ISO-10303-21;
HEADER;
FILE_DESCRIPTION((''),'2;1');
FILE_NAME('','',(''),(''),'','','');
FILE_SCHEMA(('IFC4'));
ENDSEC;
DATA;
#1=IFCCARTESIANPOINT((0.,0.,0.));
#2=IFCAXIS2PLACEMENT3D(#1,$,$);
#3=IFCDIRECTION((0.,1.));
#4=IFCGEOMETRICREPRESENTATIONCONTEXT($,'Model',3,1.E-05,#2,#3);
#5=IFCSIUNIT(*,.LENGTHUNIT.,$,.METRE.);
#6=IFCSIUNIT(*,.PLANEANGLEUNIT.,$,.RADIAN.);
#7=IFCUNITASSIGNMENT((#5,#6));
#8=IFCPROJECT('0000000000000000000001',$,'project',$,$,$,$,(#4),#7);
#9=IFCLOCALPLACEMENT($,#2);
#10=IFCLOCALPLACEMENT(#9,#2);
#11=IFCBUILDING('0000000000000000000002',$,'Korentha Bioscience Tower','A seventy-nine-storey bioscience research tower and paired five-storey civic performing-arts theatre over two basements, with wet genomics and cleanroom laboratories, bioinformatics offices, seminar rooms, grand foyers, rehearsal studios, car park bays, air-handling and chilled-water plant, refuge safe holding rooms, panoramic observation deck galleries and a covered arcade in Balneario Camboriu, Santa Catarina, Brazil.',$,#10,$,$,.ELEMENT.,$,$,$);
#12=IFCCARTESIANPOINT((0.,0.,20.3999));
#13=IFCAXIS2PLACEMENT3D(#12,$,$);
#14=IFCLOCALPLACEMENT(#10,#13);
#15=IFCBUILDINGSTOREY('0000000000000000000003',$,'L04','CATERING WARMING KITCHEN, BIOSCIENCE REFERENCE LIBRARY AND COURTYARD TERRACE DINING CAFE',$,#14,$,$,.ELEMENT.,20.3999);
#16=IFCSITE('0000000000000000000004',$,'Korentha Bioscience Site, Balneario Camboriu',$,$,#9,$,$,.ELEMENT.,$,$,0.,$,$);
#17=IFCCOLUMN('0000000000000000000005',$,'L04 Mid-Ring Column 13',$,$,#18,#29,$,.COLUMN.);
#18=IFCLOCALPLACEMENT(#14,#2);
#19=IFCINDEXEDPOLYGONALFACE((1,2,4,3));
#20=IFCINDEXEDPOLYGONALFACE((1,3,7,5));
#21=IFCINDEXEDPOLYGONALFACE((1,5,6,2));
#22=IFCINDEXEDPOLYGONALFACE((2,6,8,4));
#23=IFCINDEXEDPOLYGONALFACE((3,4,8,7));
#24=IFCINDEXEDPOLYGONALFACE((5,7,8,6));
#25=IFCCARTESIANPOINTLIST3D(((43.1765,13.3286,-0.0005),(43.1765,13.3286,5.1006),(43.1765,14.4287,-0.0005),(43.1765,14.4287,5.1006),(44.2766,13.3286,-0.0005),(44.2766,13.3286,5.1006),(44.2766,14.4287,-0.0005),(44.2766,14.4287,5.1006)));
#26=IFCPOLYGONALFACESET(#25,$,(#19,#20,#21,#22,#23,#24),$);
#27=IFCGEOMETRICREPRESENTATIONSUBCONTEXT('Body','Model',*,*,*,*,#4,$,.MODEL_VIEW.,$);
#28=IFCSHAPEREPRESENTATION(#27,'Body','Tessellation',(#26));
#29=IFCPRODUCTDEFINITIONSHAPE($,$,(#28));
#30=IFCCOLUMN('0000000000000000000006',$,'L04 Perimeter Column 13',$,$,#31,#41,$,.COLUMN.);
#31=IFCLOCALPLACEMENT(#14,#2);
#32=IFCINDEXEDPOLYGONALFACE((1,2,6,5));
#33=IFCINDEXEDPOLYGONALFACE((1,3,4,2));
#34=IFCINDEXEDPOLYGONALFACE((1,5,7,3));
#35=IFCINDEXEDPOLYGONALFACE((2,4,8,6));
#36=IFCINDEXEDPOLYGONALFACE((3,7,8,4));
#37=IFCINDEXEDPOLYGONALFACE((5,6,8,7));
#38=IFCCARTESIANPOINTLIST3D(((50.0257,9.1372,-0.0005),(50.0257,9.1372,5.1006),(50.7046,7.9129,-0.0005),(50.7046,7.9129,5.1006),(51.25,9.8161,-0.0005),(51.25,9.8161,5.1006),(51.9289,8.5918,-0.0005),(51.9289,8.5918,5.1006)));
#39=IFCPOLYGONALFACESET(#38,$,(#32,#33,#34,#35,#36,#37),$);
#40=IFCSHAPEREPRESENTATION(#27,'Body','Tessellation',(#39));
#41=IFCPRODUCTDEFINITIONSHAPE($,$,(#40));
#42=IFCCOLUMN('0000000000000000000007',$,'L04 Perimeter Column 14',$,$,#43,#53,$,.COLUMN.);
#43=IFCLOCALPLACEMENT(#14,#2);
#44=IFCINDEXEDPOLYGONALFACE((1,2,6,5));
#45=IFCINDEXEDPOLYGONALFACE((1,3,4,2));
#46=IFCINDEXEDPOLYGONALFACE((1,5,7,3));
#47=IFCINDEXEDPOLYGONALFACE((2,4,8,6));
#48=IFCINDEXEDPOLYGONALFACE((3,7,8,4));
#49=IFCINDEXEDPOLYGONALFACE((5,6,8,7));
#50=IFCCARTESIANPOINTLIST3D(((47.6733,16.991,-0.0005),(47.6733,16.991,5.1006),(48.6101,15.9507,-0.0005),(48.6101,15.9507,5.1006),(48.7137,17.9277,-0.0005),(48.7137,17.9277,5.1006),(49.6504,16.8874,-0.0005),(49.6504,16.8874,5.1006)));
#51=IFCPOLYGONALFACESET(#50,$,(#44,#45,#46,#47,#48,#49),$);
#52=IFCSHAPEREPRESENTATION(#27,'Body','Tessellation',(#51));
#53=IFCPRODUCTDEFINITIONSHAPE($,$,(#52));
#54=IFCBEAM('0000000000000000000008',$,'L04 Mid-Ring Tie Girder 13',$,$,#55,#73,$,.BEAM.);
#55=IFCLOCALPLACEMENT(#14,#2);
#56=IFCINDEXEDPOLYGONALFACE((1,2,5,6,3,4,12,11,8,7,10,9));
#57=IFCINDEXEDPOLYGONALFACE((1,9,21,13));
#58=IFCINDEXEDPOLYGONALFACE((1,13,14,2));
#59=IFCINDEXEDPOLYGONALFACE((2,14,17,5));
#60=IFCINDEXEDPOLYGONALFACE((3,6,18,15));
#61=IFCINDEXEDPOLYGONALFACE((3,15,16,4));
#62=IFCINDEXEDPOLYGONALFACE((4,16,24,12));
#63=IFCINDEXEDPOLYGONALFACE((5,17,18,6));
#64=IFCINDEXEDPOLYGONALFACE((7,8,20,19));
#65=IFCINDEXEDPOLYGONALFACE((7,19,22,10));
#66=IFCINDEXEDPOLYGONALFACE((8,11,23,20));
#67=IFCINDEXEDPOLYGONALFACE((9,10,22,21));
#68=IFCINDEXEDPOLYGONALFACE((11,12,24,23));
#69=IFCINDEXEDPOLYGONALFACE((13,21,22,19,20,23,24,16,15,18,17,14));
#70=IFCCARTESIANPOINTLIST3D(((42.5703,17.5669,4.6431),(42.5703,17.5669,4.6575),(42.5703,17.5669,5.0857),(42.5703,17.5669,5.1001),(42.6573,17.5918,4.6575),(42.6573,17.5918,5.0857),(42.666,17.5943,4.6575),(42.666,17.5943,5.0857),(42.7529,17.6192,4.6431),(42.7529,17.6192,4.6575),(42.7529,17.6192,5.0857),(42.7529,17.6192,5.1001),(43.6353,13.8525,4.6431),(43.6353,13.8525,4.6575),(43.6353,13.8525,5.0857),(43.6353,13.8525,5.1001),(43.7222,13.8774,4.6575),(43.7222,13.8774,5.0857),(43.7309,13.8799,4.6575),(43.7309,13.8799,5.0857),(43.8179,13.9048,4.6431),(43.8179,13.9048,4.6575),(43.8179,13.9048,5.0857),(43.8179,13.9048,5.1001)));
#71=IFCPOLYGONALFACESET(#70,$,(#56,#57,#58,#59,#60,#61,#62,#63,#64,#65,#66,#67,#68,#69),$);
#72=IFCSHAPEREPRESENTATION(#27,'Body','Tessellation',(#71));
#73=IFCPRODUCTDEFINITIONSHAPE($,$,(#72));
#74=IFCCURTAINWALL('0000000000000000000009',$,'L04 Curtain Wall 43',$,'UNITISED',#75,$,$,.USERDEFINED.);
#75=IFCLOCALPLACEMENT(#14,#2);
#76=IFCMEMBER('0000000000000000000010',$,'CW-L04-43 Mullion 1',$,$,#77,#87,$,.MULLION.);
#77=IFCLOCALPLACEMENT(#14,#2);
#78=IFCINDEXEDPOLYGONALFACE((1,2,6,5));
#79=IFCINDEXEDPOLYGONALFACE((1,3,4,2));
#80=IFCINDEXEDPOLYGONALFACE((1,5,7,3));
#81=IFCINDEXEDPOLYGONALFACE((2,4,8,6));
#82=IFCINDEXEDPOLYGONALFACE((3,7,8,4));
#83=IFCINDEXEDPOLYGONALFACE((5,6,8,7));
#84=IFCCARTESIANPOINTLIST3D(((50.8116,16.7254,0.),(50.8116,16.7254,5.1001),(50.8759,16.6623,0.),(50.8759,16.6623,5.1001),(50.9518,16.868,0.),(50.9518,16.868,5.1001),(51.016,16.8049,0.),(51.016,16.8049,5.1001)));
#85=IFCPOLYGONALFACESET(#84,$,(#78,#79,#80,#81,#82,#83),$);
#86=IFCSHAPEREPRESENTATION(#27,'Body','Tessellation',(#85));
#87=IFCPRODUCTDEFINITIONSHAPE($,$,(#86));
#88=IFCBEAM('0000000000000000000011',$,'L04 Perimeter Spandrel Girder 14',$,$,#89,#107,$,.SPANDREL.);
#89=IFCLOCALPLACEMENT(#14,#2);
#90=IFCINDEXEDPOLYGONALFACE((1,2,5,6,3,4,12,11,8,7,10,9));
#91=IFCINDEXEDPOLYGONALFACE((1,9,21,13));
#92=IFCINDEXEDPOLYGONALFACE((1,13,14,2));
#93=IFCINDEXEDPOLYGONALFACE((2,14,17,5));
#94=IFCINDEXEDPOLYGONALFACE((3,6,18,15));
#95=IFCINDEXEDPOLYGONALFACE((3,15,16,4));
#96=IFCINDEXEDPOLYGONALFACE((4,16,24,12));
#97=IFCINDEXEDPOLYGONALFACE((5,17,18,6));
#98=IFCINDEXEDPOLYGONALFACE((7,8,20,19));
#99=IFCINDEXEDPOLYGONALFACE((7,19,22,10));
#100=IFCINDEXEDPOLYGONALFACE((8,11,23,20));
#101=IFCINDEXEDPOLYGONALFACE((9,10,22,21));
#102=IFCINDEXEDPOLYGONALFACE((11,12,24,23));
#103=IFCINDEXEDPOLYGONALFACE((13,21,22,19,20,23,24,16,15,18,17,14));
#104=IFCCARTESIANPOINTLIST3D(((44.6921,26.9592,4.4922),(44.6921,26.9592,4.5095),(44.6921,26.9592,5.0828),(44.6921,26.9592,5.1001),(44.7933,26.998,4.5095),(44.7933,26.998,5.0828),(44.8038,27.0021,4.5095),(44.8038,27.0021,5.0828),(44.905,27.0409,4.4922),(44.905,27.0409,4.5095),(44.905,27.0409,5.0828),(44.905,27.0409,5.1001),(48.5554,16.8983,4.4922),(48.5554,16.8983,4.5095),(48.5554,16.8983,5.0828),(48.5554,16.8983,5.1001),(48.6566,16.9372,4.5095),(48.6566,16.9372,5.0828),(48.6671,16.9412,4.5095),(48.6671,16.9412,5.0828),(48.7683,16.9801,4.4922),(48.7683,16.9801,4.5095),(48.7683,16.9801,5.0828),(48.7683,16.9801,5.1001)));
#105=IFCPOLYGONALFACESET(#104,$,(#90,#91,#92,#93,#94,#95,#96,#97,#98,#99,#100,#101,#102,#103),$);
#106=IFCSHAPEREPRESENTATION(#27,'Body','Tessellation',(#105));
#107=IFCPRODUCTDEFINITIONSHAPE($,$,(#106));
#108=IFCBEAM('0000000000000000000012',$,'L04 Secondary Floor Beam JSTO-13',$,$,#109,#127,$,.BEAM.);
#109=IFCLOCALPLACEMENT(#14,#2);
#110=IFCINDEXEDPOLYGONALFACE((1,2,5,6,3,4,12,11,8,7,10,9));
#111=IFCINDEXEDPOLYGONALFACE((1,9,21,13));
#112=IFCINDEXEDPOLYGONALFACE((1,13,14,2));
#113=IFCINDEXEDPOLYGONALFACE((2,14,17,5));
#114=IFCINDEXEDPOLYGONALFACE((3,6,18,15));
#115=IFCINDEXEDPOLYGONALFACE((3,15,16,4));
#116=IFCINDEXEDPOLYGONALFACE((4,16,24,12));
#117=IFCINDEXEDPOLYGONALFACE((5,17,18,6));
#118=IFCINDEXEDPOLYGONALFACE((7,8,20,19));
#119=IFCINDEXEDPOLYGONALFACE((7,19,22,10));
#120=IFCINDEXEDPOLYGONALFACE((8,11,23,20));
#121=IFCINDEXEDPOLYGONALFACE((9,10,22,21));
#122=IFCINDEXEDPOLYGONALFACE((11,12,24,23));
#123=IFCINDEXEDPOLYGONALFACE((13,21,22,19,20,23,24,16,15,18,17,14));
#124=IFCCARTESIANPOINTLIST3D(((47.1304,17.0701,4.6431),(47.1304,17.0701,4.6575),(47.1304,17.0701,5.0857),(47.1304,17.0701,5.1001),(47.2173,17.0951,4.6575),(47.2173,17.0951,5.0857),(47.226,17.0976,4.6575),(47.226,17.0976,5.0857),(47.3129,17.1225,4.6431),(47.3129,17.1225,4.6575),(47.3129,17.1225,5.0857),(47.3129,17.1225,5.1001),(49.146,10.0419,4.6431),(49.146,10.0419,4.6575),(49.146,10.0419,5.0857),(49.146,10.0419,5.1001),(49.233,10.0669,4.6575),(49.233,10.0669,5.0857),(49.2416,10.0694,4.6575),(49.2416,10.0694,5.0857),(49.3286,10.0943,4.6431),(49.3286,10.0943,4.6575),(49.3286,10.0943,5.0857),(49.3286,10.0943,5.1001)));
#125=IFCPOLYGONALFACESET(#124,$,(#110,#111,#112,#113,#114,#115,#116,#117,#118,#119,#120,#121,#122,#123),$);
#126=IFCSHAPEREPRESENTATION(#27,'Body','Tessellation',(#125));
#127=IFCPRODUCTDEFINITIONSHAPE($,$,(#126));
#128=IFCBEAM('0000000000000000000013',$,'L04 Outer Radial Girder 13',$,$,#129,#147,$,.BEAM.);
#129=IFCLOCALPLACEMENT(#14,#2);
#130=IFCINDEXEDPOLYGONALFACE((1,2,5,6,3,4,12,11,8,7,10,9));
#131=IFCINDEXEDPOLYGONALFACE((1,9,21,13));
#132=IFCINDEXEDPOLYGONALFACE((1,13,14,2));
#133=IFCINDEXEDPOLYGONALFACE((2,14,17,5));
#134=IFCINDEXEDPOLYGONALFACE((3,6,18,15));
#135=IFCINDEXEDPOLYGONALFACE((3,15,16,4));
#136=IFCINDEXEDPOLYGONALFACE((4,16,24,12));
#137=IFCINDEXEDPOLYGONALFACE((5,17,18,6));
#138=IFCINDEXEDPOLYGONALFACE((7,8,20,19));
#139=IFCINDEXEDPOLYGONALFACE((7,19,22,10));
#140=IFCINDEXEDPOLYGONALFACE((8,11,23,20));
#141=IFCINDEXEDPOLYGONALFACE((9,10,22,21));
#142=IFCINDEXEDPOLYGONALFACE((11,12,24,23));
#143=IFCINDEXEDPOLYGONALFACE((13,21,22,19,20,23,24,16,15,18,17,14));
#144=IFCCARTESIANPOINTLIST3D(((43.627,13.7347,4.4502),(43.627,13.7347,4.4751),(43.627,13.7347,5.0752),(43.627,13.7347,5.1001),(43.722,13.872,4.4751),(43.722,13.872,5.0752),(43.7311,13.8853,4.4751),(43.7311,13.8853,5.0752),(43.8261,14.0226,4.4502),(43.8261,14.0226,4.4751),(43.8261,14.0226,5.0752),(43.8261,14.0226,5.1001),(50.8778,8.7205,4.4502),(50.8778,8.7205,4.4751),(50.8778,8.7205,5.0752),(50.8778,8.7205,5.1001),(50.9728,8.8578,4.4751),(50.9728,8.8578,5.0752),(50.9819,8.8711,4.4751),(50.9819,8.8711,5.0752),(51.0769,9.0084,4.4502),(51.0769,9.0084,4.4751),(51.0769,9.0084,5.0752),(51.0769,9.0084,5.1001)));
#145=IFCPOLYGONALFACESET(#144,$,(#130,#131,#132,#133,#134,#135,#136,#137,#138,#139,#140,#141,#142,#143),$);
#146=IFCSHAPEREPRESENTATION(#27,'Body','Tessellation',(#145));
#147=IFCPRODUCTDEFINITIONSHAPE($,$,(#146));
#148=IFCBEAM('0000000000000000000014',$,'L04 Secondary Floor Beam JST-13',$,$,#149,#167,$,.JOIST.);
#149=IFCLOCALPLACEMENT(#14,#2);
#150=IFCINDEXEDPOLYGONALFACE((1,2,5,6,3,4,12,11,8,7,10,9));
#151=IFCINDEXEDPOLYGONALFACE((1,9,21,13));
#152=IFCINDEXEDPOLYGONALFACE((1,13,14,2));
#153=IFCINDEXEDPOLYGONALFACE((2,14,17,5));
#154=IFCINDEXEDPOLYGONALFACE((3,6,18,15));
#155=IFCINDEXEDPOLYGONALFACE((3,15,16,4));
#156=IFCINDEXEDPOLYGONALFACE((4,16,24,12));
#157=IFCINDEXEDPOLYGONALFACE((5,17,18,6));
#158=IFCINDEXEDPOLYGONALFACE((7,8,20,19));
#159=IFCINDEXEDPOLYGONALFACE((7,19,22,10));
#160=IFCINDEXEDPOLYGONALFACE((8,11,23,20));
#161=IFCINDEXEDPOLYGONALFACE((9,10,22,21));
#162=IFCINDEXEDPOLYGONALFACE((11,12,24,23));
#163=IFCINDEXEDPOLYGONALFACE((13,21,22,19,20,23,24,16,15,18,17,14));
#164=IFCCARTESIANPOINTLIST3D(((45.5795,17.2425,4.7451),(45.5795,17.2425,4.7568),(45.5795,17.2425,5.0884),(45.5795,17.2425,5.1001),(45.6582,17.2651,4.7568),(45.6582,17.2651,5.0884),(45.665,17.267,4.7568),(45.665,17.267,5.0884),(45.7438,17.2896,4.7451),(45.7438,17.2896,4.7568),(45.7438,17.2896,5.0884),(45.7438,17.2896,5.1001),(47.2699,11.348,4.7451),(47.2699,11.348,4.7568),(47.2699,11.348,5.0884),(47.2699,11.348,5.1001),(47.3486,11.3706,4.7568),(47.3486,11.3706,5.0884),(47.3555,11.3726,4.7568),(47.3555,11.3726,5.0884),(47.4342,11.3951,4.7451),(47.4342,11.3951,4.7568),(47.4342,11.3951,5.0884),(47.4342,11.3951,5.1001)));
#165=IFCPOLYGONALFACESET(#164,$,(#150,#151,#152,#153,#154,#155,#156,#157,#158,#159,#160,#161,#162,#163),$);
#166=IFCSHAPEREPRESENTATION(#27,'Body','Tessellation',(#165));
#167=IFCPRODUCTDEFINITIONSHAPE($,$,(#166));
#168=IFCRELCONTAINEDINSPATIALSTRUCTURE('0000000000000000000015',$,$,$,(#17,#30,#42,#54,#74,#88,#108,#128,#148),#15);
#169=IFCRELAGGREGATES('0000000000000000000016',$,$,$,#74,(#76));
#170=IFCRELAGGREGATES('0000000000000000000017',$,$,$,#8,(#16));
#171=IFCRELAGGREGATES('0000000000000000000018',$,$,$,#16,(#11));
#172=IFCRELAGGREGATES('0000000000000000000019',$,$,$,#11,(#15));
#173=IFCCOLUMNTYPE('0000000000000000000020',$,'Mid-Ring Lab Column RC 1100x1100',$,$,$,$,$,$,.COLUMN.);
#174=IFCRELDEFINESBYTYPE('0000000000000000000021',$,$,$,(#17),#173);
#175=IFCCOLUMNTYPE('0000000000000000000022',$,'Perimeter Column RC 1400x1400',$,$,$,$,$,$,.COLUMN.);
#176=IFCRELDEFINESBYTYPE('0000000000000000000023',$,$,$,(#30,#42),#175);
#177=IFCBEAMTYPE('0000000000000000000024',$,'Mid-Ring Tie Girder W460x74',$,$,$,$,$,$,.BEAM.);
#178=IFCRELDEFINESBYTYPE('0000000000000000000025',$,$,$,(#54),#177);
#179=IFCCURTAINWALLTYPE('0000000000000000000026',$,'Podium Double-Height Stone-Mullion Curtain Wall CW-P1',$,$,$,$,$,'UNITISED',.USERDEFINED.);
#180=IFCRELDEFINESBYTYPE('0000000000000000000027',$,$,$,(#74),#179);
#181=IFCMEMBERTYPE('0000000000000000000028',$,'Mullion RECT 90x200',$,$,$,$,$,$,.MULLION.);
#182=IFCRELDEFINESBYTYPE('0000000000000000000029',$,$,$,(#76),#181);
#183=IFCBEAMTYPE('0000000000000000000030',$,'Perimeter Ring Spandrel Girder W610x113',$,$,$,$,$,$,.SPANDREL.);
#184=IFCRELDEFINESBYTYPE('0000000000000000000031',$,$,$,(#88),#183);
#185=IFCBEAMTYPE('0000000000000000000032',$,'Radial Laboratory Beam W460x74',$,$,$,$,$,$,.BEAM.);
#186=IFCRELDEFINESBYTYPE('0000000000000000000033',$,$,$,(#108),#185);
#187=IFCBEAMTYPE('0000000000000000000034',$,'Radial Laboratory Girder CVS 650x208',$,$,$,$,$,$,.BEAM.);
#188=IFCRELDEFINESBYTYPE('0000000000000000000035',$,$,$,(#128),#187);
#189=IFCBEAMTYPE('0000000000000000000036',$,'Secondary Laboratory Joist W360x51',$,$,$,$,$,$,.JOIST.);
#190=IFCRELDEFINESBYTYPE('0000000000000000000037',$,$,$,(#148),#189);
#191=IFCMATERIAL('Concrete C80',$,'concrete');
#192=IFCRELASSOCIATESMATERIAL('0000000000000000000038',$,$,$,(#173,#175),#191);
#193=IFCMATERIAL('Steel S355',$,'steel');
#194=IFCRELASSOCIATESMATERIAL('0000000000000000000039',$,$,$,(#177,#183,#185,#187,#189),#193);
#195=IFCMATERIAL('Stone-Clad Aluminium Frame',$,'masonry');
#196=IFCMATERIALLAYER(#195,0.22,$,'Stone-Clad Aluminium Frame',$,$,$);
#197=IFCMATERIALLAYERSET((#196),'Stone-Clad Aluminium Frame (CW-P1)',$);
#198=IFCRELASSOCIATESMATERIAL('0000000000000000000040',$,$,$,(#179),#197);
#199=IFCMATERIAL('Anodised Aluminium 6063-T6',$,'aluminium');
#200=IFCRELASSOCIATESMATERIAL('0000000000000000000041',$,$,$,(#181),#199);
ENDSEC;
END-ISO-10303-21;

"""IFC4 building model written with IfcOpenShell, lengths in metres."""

from ifc_helpers import new_model, si_unit, direction, frame, origin, origin_2d, place, context, subcontext, project, spatial, rectangle, i_section, extrude, material, layer, layer_set, material_profile, profile_set, type_object, element, aggregate, save


model = new_model("IFC4")

# Units and contexts
model_context = context("Model", 3, precision=1e-05, world=origin(), true_north=direction((0.0, 1.0)))
body_context = subcontext(model_context, "Body", "Model", "MODEL_VIEW")
ifc_project = project(units=[si_unit("LENGTHUNIT", "METRE"), si_unit("PLANEANGLEUNIT", "RADIAN")], contexts=[model_context])

# Site, building, storey
site_placement = place(None, origin())
site = spatial("IfcSite", under=ifc_project, at=site_placement, Name="Korentha Bioscience Site, Balneario Camboriu", CompositionType="ELEMENT", RefElevation=0.0)
building_placement = place(site_placement, origin())
building = spatial("IfcBuilding", under=site, at=building_placement, Name="Korentha Bioscience Tower", Description="A seventy-nine-storey bioscience research tower and paired five-storey civic performing-arts theatre over two basements, with wet genomics and cleanroom laboratories, bioinformatics offices, seminar rooms, grand foyers, rehearsal studios, car park bays, air-handling and chilled-water plant, refuge safe holding rooms, panoramic observation deck galleries and a covered arcade in Balneario Camboriu, Santa Catarina, Brazil.", CompositionType="ELEMENT")
storey_placement = place(building_placement, frame((0.0, 0.0, 20.3999)))
storey = spatial("IfcBuildingStorey", under=building, at=storey_placement, Name="L04", Description="CATERING WARMING KITCHEN, BIOSCIENCE REFERENCE LIBRARY AND COURTYARD TERRACE DINING CAFE", CompositionType="ELEMENT", Elevation=20.3999)

# Columns
ifc_material_1 = material(Name="Concrete C80", Category="concrete")
ifc_material_profile_1 = material_profile(ifc_material_1, rectangle(XDim=1.1001, YDim=1.1001, at=origin_2d()), Name="Concrete C80")
ifc_profile_set_1 = profile_set([ifc_material_profile_1], Name="Concrete C80 (COL-MR11)")
column_type_1 = type_object("IfcColumnType", Name="Mid-Ring Lab Column RC 1100x1100", PredefinedType="COLUMN", material=ifc_profile_set_1)
column_placement = place(storey_placement, frame((43.7266, 13.8787, -0.0005), z_axis=(0.0, 0.0, 1.0), x_axis=(1.0, 0.0, 0.0)))
element("IfcColumn", 1, at=column_placement, inside=storey, type_object=column_type_1, Name="L04 Mid-Ring Column 13", PredefinedType="COLUMN", context=body_context, shape_type="SweptSolid", body=[
    extrude(rectangle(XDim=1.1001, YDim=1.1001, at=origin_2d()), origin(), (0.0, 0.0, 1.0), 5.1011),
])
ifc_material_profile_2 = material_profile(ifc_material_1, rectangle(XDim=1.3999, YDim=1.3999, at=origin_2d()), Name="Concrete C80")
ifc_profile_set_2 = profile_set([ifc_material_profile_2], Name="Concrete C80 (COL-P14)")
column_type_2 = type_object("IfcColumnType", Name="Perimeter Column RC 1400x1400", PredefinedType="COLUMN", material=ifc_profile_set_2)
for number, where, z_axis, x_axis, name in (
    (2, (50.9773, 8.8645, -0.0005), (0.0, 0.0, 1.0), (0.874535, 0.484962, 0.0), "L04 Perimeter Column 13"),
    (3, (48.6619, 16.9392, -0.0005), (0.0, 0.0, 1.0), (-0.669131, 0.743145, 0.0), "L04 Perimeter Column 14"),
):
    element("IfcColumn", number, at=place(storey_placement, frame(where, z_axis=z_axis, x_axis=x_axis)), inside=storey, type_object=column_type_2, Name=name, PredefinedType="COLUMN", context=body_context, shape_type="SweptSolid", body=[
        extrude(rectangle(XDim=1.3999, YDim=1.3999, at=origin_2d()), origin(), (0.0, 0.0, 1.0), 5.1011),
    ])

# Beam
ifc_material_2 = material(Name="Steel S355", Category="steel")
ifc_material_profile_3 = material_profile(ifc_material_2, i_section(OverallWidth=0.1899, OverallDepth=0.457, WebThickness=0.009, FlangeThickness=0.0144, at=origin_2d()), Name="Steel S355")
ifc_profile_set_3 = profile_set([ifc_material_profile_3], Name="Steel S355 (MB-460)")
beam_type_1 = type_object("IfcBeamType", Name="Mid-Ring Tie Girder W460x74", PredefinedType="BEAM", material=ifc_profile_set_3)
beam_1_placement = place(storey_placement, frame((43.7266, 13.8787, 4.8716), z_axis=(-0.275606, 0.961271, 0.0), x_axis=(-0.961271, -0.275606, 0.0)))
element("IfcBeam", 4, at=beam_1_placement, inside=storey, type_object=beam_type_1, Name="L04 Mid-Ring Tie Girder 13", PredefinedType="BEAM", context=body_context, shape_type="SweptSolid", body=[
    extrude(i_section(OverallWidth=0.1899, OverallDepth=0.457, WebThickness=0.009, FlangeThickness=0.0144, at=origin_2d()), origin(), (0.0, 0.0, 1.0), 3.864),
])

# Curtain wall, member
ifc_material_3 = material(Name="Stone-Clad Aluminium Frame", Category="masonry")
ifc_layer_1 = layer(ifc_material_3, 0.22, Name="Stone-Clad Aluminium Frame")
ifc_layer_set_1 = layer_set([ifc_layer_1], Name="Stone-Clad Aluminium Frame (CW-P1)")
curtain_wall_type = type_object("IfcCurtainWallType", Name="Podium Double-Height Stone-Mullion Curtain Wall CW-P1", ElementType="UNITISED", PredefinedType="USERDEFINED", material=ifc_layer_set_1)
curtain_wall_placement = place(storey_placement, origin())
curtain_wall = element("IfcCurtainWall", 5, at=curtain_wall_placement, inside=storey, type_object=curtain_wall_type, Name="L04 Curtain Wall 43", ObjectType="UNITISED", PredefinedType="USERDEFINED")
ifc_material_4 = material(Name="Anodised Aluminium 6063-T6", Category="aluminium")
ifc_material_profile_4 = material_profile(ifc_material_4, rectangle(XDim=0.0901, YDim=0.2, at=origin_2d()), Name="Anodised Aluminium 6063-T6")
ifc_profile_set_4 = profile_set([ifc_material_profile_4], Name="Anodised Aluminium 6063-T6 (CW-MUL)")
member_type_1 = type_object("IfcMemberType", Name="Mullion RECT 90x200", PredefinedType="MULLION", material=ifc_profile_set_4)
member_1_placement = place(storey_placement, frame((50.9138, 16.7651, 0.0), z_axis=(0.0, 0.0, 1.0), x_axis=(-0.713279, 0.70088, 0.0)))
member_1 = element("IfcMember", 6, at=member_1_placement, type_object=member_type_1, Name="CW-L04-43 Mullion 1", PredefinedType="MULLION", context=body_context, shape_type="SweptSolid", body=[
    extrude(rectangle(XDim=0.0901, YDim=0.2, at=origin_2d()), origin(), (0.0, 0.0, 1.0), 5.1001),
])

# Beams
ifc_material_profile_5 = material_profile(ifc_material_2, i_section(OverallWidth=0.228, OverallDepth=0.6079, WebThickness=0.0112, FlangeThickness=0.0173, at=origin_2d()), Name="Steel S355")
ifc_profile_set_5 = profile_set([ifc_material_profile_5], Name="Steel S355 (SB-610)")
beam_type_2 = type_object("IfcBeamType", Name="Perimeter Ring Spandrel Girder W610x113", PredefinedType="SPANDREL", material=ifc_profile_set_5)
beam_2_placement = place(storey_placement, frame((48.6619, 16.9392, 4.7961), z_axis=(-0.358474, 0.93354, 0.0), x_axis=(-0.93354, -0.358474, 0.0)))
element("IfcBeam", 7, at=beam_2_placement, inside=storey, type_object=beam_type_2, Name="L04 Perimeter Spandrel Girder 14", PredefinedType="SPANDREL", context=body_context, shape_type="SweptSolid", body=[
    extrude(i_section(OverallWidth=0.228, OverallDepth=0.6079, WebThickness=0.0112, FlangeThickness=0.0173, at=origin_2d()), origin(), (0.0, 0.0, 1.0), 10.7771),
])
ifc_material_profile_6 = material_profile(ifc_material_2, i_section(OverallWidth=0.1899, OverallDepth=0.457, WebThickness=0.009, FlangeThickness=0.0144, at=origin_2d()), Name="Steel S355")
ifc_profile_set_6 = profile_set([ifc_material_profile_6], Name="Steel S355 (RB-460)")
beam_type_3 = type_object("IfcBeamType", Name="Radial Laboratory Beam W460x74", PredefinedType="BEAM", material=ifc_profile_set_6)
beam_3_placement = place(storey_placement, frame((49.2373, 10.0681, 4.8716), z_axis=(-0.275682, 0.961249, 0.0), x_axis=(-0.961249, -0.275682, 0.0)))
element("IfcBeam", 8, at=beam_3_placement, inside=storey, type_object=beam_type_3, Name="L04 Secondary Floor Beam JSTO-13", PredefinedType="BEAM", context=body_context, shape_type="SweptSolid", body=[
    extrude(i_section(OverallWidth=0.1899, OverallDepth=0.457, WebThickness=0.009, FlangeThickness=0.0144, at=origin_2d()), origin(), (0.0, 0.0, 1.0), 7.3115),
])
ifc_material_profile_7 = material_profile(ifc_material_2, i_section(OverallWidth=0.3501, OverallDepth=0.6499, WebThickness=0.0161, FlangeThickness=0.0249, at=origin_2d()), Name="Steel S355")
ifc_profile_set_7 = profile_set([ifc_material_profile_7], Name="Steel S355 (RB-650)")
beam_type_4 = type_object("IfcBeamType", Name="Radial Laboratory Girder CVS 650x208", PredefinedType="BEAM", material=ifc_profile_set_7)
beam_4_placement = place(storey_placement, frame((43.7266, 13.8787, 4.7751), z_axis=(0.822488, -0.568782, 0.0), x_axis=(0.568782, 0.822488, 0.0)))
element("IfcBeam", 9, at=beam_4_placement, inside=storey, type_object=beam_type_4, Name="L04 Outer Radial Girder 13", PredefinedType="BEAM", context=body_context, shape_type="SweptSolid", body=[
    extrude(i_section(OverallWidth=0.3501, OverallDepth=0.6499, WebThickness=0.0161, FlangeThickness=0.0249, at=origin_2d()), origin(), (0.0, 0.0, 1.0), 8.8157),
])
ifc_material_profile_8 = material_profile(ifc_material_2, i_section(OverallWidth=0.1709, OverallDepth=0.355, WebThickness=0.0071, FlangeThickness=0.0117, at=origin_2d()), Name="Steel S355")
ifc_profile_set_8 = profile_set([ifc_material_profile_8], Name="Steel S355 (JB-360)")
beam_type_5 = type_object("IfcBeamType", Name="Secondary Laboratory Joist W360x51", PredefinedType="JOIST", material=ifc_profile_set_8)
beam_5_placement = place(storey_placement, frame((47.3521, 11.3716, 4.9226), z_axis=(-0.275668, 0.961253, 0.0), x_axis=(-0.961253, -0.275668, 0.0)))
element("IfcBeam", 10, at=beam_5_placement, inside=storey, type_object=beam_type_5, Name="L04 Secondary Floor Beam JST-13", PredefinedType="JOIST", context=body_context, shape_type="SweptSolid", body=[
    extrude(i_section(OverallWidth=0.1709, OverallDepth=0.355, WebThickness=0.0071, FlangeThickness=0.0117, at=origin_2d()), origin(), (0.0, 0.0, 1.0), 6.1321),
])

aggregate(curtain_wall, [member_1])

save(model, "model.ifc")
